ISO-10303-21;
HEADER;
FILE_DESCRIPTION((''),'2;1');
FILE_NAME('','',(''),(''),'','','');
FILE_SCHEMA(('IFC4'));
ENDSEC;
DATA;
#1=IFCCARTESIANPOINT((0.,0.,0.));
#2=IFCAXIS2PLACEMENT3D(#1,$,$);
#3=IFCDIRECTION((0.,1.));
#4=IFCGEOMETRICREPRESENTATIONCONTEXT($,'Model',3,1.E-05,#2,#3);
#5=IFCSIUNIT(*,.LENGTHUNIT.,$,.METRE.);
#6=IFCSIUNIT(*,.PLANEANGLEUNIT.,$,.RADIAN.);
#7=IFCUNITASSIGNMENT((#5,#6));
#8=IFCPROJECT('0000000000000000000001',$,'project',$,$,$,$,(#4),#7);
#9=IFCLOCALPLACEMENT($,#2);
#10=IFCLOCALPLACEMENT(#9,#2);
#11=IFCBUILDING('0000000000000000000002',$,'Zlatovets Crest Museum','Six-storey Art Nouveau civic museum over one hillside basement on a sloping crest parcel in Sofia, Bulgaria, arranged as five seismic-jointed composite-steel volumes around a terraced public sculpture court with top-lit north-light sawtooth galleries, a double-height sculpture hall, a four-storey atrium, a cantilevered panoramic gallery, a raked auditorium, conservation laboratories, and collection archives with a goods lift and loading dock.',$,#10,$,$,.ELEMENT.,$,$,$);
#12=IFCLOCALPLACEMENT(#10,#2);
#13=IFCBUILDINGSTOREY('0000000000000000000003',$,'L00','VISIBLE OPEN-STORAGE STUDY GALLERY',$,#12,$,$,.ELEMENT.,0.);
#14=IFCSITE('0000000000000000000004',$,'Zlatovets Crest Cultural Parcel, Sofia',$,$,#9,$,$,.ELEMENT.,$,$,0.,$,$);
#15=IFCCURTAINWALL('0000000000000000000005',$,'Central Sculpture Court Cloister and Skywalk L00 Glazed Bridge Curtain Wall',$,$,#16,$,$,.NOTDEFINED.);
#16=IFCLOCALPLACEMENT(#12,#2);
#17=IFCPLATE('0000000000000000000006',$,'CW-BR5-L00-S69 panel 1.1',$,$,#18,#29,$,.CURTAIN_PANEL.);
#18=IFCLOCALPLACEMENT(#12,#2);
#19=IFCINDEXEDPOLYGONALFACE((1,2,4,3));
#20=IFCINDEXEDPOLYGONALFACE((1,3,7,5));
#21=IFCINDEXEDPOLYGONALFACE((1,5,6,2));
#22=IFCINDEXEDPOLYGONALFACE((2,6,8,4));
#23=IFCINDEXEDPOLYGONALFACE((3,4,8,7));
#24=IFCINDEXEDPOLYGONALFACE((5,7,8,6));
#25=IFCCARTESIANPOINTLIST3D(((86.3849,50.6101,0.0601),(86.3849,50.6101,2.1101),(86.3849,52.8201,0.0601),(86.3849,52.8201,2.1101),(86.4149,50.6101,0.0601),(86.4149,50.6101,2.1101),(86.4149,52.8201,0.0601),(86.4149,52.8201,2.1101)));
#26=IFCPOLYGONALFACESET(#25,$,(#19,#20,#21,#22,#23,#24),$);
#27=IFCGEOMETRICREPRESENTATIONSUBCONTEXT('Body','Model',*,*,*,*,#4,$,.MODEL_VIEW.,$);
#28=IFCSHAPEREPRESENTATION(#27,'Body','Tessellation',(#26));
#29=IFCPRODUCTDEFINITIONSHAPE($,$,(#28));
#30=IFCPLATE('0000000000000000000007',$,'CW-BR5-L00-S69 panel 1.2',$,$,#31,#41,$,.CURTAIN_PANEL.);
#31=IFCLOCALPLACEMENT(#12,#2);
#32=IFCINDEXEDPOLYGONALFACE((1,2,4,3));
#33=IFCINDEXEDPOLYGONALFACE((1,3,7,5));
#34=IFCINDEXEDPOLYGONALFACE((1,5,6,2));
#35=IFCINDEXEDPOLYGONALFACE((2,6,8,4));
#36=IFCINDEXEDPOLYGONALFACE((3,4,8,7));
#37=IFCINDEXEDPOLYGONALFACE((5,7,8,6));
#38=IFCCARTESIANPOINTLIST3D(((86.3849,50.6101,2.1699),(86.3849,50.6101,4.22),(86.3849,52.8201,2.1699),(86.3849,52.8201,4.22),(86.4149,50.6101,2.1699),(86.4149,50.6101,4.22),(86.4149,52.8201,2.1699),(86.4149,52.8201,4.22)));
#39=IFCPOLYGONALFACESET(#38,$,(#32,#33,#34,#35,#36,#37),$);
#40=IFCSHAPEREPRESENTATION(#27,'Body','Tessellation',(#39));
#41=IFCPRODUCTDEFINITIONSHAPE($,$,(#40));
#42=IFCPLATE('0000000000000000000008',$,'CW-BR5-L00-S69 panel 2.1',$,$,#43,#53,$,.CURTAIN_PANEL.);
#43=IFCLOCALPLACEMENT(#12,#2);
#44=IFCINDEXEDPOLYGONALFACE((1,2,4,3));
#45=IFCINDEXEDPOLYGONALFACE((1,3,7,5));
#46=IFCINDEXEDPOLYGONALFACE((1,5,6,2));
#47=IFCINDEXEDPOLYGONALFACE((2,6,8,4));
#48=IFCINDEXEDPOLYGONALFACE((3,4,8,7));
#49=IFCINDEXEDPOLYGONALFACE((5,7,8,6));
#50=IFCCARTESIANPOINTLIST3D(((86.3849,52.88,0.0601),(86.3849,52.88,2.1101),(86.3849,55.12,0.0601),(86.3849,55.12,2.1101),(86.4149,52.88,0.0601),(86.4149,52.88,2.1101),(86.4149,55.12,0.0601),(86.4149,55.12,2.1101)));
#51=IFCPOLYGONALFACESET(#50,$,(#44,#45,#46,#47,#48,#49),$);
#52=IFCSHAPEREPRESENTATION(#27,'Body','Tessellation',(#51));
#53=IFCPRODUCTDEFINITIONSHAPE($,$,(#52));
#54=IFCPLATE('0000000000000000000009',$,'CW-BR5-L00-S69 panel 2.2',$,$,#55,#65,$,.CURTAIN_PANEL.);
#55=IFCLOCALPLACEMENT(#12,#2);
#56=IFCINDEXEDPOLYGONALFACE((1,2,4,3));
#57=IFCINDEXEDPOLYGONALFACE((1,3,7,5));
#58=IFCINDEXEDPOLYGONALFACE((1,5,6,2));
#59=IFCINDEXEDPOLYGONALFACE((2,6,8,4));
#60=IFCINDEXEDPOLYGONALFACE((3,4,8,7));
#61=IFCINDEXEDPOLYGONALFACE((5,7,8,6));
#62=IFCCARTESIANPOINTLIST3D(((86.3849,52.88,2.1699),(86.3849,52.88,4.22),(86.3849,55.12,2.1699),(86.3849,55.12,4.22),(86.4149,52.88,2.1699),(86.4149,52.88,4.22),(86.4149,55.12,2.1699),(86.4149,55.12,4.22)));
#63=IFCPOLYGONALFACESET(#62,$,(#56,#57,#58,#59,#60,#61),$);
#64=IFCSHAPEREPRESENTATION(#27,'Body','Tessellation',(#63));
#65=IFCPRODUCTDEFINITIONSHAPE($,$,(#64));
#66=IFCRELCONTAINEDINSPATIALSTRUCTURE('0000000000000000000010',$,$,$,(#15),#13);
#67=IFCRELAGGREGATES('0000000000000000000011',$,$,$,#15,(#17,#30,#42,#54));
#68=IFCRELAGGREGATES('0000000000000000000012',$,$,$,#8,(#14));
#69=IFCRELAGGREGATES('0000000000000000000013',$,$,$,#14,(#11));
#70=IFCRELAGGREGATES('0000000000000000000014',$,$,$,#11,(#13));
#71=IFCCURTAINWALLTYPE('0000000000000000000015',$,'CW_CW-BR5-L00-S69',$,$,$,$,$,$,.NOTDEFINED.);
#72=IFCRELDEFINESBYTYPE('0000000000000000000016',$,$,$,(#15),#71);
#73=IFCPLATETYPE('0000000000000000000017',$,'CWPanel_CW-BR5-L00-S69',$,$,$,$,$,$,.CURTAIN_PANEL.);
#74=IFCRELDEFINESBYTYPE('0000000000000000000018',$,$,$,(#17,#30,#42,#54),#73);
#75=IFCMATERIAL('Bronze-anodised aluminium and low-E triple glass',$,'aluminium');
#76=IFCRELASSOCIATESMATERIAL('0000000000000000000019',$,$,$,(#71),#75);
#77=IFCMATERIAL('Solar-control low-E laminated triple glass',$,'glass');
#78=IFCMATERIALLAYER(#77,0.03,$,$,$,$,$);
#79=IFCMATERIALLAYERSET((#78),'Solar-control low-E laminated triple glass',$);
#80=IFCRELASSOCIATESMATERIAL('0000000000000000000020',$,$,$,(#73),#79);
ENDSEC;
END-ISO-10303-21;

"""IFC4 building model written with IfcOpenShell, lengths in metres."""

from ifc_helpers import new_model, si_unit, direction, frame, origin, origin_2d, place, context, subcontext, project, spatial, rectangle, extrude, material, layer, layer_set, type_object, element, aggregate, save


model = new_model("IFC4")

# Units and contexts
model_context = context("Model", 3, precision=1e-05, world=origin(), true_north=direction((0.0, 1.0)))
body_context = subcontext(model_context, "Body", "Model", "MODEL_VIEW")
ifc_project = project(units=[si_unit("LENGTHUNIT", "METRE"), si_unit("PLANEANGLEUNIT", "RADIAN")], contexts=[model_context])

# Site, building, storey
site_placement = place(None, origin())
site = spatial("IfcSite", under=ifc_project, at=site_placement, Name="Zlatovets Crest Cultural Parcel, Sofia", CompositionType="ELEMENT", RefElevation=0.0)
building_placement = place(site_placement, origin())
building = spatial("IfcBuilding", under=site, at=building_placement, Name="Zlatovets Crest Museum", Description="Six-storey Art Nouveau civic museum over one hillside basement on a sloping crest parcel in Sofia, Bulgaria, arranged as five seismic-jointed composite-steel volumes around a terraced public sculpture court with top-lit north-light sawtooth galleries, a double-height sculpture hall, a four-storey atrium, a cantilevered panoramic gallery, a raked auditorium, conservation laboratories, and collection archives with a goods lift and loading dock.", CompositionType="ELEMENT")
storey_placement = place(building_placement, origin())
storey = spatial("IfcBuildingStorey", under=building, at=storey_placement, Name="L00", Description="VISIBLE OPEN-STORAGE STUDY GALLERY", CompositionType="ELEMENT", Elevation=0.0)

# Curtain wall
ifc_material_1 = material(Name="Bronze-anodised aluminium and low-E triple glass", Category="aluminium")
curtain_wall_type = type_object("IfcCurtainWallType", Name="CW_CW-BR5-L00-S69", PredefinedType="NOTDEFINED", material=ifc_material_1)
curtain_wall_1_placement = place(storey_placement, origin())
curtain_wall_1 = element("IfcCurtainWall", 1, at=curtain_wall_1_placement, inside=storey, type_object=curtain_wall_type, Name="Central Sculpture Court Cloister and Skywalk L00 Glazed Bridge Curtain Wall", PredefinedType="NOTDEFINED")

# Plates
ifc_material_2 = material(Name="Solar-control low-E laminated triple glass", Category="glass")
ifc_layer = layer(ifc_material_2, 0.03)
ifc_layer_set = layer_set([ifc_layer], Name="Solar-control low-E laminated triple glass")
plate_type = type_object("IfcPlateType", Name="CWPanel_CW-BR5-L00-S69", PredefinedType="CURTAIN_PANEL", material=ifc_layer_set)
plate_1_placement = place(storey_placement, frame((86.3999, 51.7151, 0.0601), z_axis=(0.0, 0.0, 1.0), x_axis=(0.0, 1.0, 0.0)))
plate_1 = element("IfcPlate", 2, at=plate_1_placement, type_object=plate_type, Name="CW-BR5-L00-S69 panel 1.1", PredefinedType="CURTAIN_PANEL", context=body_context, shape_type="SweptSolid", body=[
    extrude(rectangle(XDim=2.21, YDim=0.03, at=origin_2d()), origin(), (0.0, 0.0, 1.0), 2.05),
])
plate_2_placement = place(storey_placement, frame((86.3999, 51.7151, 2.1699), z_axis=(0.0, 0.0, 1.0), x_axis=(0.0, 1.0, 0.0)))
plate_2 = element("IfcPlate", 3, at=plate_2_placement, type_object=plate_type, Name="CW-BR5-L00-S69 panel 1.2", PredefinedType="CURTAIN_PANEL", context=body_context, shape_type="SweptSolid", body=[
    extrude(rectangle(XDim=2.21, YDim=0.03, at=origin_2d()), origin(), (0.0, 0.0, 1.0), 2.05),
])
plate_3_placement = place(storey_placement, frame((86.3999, 54.0, 0.0601), z_axis=(0.0, 0.0, 1.0), x_axis=(0.0, 1.0, 0.0)))
plate_3 = element("IfcPlate", 4, at=plate_3_placement, type_object=plate_type, Name="CW-BR5-L00-S69 panel 2.1", PredefinedType="CURTAIN_PANEL", context=body_context, shape_type="SweptSolid", body=[
    extrude(rectangle(XDim=2.24, YDim=0.03, at=origin_2d()), origin(), (0.0, 0.0, 1.0), 2.05),
])
plate_4_placement = place(storey_placement, frame((86.3999, 54.0, 2.1699), z_axis=(0.0, 0.0, 1.0), x_axis=(0.0, 1.0, 0.0)))
plate_4 = element("IfcPlate", 5, at=plate_4_placement, type_object=plate_type, Name="CW-BR5-L00-S69 panel 2.2", PredefinedType="CURTAIN_PANEL", context=body_context, shape_type="SweptSolid", body=[
    extrude(rectangle(XDim=2.24, YDim=0.03, at=origin_2d()), origin(), (0.0, 0.0, 1.0), 2.05),
])
aggregate(curtain_wall_1, [plate_1, plate_2, plate_3, plate_4])

save(model, "model.ifc")
